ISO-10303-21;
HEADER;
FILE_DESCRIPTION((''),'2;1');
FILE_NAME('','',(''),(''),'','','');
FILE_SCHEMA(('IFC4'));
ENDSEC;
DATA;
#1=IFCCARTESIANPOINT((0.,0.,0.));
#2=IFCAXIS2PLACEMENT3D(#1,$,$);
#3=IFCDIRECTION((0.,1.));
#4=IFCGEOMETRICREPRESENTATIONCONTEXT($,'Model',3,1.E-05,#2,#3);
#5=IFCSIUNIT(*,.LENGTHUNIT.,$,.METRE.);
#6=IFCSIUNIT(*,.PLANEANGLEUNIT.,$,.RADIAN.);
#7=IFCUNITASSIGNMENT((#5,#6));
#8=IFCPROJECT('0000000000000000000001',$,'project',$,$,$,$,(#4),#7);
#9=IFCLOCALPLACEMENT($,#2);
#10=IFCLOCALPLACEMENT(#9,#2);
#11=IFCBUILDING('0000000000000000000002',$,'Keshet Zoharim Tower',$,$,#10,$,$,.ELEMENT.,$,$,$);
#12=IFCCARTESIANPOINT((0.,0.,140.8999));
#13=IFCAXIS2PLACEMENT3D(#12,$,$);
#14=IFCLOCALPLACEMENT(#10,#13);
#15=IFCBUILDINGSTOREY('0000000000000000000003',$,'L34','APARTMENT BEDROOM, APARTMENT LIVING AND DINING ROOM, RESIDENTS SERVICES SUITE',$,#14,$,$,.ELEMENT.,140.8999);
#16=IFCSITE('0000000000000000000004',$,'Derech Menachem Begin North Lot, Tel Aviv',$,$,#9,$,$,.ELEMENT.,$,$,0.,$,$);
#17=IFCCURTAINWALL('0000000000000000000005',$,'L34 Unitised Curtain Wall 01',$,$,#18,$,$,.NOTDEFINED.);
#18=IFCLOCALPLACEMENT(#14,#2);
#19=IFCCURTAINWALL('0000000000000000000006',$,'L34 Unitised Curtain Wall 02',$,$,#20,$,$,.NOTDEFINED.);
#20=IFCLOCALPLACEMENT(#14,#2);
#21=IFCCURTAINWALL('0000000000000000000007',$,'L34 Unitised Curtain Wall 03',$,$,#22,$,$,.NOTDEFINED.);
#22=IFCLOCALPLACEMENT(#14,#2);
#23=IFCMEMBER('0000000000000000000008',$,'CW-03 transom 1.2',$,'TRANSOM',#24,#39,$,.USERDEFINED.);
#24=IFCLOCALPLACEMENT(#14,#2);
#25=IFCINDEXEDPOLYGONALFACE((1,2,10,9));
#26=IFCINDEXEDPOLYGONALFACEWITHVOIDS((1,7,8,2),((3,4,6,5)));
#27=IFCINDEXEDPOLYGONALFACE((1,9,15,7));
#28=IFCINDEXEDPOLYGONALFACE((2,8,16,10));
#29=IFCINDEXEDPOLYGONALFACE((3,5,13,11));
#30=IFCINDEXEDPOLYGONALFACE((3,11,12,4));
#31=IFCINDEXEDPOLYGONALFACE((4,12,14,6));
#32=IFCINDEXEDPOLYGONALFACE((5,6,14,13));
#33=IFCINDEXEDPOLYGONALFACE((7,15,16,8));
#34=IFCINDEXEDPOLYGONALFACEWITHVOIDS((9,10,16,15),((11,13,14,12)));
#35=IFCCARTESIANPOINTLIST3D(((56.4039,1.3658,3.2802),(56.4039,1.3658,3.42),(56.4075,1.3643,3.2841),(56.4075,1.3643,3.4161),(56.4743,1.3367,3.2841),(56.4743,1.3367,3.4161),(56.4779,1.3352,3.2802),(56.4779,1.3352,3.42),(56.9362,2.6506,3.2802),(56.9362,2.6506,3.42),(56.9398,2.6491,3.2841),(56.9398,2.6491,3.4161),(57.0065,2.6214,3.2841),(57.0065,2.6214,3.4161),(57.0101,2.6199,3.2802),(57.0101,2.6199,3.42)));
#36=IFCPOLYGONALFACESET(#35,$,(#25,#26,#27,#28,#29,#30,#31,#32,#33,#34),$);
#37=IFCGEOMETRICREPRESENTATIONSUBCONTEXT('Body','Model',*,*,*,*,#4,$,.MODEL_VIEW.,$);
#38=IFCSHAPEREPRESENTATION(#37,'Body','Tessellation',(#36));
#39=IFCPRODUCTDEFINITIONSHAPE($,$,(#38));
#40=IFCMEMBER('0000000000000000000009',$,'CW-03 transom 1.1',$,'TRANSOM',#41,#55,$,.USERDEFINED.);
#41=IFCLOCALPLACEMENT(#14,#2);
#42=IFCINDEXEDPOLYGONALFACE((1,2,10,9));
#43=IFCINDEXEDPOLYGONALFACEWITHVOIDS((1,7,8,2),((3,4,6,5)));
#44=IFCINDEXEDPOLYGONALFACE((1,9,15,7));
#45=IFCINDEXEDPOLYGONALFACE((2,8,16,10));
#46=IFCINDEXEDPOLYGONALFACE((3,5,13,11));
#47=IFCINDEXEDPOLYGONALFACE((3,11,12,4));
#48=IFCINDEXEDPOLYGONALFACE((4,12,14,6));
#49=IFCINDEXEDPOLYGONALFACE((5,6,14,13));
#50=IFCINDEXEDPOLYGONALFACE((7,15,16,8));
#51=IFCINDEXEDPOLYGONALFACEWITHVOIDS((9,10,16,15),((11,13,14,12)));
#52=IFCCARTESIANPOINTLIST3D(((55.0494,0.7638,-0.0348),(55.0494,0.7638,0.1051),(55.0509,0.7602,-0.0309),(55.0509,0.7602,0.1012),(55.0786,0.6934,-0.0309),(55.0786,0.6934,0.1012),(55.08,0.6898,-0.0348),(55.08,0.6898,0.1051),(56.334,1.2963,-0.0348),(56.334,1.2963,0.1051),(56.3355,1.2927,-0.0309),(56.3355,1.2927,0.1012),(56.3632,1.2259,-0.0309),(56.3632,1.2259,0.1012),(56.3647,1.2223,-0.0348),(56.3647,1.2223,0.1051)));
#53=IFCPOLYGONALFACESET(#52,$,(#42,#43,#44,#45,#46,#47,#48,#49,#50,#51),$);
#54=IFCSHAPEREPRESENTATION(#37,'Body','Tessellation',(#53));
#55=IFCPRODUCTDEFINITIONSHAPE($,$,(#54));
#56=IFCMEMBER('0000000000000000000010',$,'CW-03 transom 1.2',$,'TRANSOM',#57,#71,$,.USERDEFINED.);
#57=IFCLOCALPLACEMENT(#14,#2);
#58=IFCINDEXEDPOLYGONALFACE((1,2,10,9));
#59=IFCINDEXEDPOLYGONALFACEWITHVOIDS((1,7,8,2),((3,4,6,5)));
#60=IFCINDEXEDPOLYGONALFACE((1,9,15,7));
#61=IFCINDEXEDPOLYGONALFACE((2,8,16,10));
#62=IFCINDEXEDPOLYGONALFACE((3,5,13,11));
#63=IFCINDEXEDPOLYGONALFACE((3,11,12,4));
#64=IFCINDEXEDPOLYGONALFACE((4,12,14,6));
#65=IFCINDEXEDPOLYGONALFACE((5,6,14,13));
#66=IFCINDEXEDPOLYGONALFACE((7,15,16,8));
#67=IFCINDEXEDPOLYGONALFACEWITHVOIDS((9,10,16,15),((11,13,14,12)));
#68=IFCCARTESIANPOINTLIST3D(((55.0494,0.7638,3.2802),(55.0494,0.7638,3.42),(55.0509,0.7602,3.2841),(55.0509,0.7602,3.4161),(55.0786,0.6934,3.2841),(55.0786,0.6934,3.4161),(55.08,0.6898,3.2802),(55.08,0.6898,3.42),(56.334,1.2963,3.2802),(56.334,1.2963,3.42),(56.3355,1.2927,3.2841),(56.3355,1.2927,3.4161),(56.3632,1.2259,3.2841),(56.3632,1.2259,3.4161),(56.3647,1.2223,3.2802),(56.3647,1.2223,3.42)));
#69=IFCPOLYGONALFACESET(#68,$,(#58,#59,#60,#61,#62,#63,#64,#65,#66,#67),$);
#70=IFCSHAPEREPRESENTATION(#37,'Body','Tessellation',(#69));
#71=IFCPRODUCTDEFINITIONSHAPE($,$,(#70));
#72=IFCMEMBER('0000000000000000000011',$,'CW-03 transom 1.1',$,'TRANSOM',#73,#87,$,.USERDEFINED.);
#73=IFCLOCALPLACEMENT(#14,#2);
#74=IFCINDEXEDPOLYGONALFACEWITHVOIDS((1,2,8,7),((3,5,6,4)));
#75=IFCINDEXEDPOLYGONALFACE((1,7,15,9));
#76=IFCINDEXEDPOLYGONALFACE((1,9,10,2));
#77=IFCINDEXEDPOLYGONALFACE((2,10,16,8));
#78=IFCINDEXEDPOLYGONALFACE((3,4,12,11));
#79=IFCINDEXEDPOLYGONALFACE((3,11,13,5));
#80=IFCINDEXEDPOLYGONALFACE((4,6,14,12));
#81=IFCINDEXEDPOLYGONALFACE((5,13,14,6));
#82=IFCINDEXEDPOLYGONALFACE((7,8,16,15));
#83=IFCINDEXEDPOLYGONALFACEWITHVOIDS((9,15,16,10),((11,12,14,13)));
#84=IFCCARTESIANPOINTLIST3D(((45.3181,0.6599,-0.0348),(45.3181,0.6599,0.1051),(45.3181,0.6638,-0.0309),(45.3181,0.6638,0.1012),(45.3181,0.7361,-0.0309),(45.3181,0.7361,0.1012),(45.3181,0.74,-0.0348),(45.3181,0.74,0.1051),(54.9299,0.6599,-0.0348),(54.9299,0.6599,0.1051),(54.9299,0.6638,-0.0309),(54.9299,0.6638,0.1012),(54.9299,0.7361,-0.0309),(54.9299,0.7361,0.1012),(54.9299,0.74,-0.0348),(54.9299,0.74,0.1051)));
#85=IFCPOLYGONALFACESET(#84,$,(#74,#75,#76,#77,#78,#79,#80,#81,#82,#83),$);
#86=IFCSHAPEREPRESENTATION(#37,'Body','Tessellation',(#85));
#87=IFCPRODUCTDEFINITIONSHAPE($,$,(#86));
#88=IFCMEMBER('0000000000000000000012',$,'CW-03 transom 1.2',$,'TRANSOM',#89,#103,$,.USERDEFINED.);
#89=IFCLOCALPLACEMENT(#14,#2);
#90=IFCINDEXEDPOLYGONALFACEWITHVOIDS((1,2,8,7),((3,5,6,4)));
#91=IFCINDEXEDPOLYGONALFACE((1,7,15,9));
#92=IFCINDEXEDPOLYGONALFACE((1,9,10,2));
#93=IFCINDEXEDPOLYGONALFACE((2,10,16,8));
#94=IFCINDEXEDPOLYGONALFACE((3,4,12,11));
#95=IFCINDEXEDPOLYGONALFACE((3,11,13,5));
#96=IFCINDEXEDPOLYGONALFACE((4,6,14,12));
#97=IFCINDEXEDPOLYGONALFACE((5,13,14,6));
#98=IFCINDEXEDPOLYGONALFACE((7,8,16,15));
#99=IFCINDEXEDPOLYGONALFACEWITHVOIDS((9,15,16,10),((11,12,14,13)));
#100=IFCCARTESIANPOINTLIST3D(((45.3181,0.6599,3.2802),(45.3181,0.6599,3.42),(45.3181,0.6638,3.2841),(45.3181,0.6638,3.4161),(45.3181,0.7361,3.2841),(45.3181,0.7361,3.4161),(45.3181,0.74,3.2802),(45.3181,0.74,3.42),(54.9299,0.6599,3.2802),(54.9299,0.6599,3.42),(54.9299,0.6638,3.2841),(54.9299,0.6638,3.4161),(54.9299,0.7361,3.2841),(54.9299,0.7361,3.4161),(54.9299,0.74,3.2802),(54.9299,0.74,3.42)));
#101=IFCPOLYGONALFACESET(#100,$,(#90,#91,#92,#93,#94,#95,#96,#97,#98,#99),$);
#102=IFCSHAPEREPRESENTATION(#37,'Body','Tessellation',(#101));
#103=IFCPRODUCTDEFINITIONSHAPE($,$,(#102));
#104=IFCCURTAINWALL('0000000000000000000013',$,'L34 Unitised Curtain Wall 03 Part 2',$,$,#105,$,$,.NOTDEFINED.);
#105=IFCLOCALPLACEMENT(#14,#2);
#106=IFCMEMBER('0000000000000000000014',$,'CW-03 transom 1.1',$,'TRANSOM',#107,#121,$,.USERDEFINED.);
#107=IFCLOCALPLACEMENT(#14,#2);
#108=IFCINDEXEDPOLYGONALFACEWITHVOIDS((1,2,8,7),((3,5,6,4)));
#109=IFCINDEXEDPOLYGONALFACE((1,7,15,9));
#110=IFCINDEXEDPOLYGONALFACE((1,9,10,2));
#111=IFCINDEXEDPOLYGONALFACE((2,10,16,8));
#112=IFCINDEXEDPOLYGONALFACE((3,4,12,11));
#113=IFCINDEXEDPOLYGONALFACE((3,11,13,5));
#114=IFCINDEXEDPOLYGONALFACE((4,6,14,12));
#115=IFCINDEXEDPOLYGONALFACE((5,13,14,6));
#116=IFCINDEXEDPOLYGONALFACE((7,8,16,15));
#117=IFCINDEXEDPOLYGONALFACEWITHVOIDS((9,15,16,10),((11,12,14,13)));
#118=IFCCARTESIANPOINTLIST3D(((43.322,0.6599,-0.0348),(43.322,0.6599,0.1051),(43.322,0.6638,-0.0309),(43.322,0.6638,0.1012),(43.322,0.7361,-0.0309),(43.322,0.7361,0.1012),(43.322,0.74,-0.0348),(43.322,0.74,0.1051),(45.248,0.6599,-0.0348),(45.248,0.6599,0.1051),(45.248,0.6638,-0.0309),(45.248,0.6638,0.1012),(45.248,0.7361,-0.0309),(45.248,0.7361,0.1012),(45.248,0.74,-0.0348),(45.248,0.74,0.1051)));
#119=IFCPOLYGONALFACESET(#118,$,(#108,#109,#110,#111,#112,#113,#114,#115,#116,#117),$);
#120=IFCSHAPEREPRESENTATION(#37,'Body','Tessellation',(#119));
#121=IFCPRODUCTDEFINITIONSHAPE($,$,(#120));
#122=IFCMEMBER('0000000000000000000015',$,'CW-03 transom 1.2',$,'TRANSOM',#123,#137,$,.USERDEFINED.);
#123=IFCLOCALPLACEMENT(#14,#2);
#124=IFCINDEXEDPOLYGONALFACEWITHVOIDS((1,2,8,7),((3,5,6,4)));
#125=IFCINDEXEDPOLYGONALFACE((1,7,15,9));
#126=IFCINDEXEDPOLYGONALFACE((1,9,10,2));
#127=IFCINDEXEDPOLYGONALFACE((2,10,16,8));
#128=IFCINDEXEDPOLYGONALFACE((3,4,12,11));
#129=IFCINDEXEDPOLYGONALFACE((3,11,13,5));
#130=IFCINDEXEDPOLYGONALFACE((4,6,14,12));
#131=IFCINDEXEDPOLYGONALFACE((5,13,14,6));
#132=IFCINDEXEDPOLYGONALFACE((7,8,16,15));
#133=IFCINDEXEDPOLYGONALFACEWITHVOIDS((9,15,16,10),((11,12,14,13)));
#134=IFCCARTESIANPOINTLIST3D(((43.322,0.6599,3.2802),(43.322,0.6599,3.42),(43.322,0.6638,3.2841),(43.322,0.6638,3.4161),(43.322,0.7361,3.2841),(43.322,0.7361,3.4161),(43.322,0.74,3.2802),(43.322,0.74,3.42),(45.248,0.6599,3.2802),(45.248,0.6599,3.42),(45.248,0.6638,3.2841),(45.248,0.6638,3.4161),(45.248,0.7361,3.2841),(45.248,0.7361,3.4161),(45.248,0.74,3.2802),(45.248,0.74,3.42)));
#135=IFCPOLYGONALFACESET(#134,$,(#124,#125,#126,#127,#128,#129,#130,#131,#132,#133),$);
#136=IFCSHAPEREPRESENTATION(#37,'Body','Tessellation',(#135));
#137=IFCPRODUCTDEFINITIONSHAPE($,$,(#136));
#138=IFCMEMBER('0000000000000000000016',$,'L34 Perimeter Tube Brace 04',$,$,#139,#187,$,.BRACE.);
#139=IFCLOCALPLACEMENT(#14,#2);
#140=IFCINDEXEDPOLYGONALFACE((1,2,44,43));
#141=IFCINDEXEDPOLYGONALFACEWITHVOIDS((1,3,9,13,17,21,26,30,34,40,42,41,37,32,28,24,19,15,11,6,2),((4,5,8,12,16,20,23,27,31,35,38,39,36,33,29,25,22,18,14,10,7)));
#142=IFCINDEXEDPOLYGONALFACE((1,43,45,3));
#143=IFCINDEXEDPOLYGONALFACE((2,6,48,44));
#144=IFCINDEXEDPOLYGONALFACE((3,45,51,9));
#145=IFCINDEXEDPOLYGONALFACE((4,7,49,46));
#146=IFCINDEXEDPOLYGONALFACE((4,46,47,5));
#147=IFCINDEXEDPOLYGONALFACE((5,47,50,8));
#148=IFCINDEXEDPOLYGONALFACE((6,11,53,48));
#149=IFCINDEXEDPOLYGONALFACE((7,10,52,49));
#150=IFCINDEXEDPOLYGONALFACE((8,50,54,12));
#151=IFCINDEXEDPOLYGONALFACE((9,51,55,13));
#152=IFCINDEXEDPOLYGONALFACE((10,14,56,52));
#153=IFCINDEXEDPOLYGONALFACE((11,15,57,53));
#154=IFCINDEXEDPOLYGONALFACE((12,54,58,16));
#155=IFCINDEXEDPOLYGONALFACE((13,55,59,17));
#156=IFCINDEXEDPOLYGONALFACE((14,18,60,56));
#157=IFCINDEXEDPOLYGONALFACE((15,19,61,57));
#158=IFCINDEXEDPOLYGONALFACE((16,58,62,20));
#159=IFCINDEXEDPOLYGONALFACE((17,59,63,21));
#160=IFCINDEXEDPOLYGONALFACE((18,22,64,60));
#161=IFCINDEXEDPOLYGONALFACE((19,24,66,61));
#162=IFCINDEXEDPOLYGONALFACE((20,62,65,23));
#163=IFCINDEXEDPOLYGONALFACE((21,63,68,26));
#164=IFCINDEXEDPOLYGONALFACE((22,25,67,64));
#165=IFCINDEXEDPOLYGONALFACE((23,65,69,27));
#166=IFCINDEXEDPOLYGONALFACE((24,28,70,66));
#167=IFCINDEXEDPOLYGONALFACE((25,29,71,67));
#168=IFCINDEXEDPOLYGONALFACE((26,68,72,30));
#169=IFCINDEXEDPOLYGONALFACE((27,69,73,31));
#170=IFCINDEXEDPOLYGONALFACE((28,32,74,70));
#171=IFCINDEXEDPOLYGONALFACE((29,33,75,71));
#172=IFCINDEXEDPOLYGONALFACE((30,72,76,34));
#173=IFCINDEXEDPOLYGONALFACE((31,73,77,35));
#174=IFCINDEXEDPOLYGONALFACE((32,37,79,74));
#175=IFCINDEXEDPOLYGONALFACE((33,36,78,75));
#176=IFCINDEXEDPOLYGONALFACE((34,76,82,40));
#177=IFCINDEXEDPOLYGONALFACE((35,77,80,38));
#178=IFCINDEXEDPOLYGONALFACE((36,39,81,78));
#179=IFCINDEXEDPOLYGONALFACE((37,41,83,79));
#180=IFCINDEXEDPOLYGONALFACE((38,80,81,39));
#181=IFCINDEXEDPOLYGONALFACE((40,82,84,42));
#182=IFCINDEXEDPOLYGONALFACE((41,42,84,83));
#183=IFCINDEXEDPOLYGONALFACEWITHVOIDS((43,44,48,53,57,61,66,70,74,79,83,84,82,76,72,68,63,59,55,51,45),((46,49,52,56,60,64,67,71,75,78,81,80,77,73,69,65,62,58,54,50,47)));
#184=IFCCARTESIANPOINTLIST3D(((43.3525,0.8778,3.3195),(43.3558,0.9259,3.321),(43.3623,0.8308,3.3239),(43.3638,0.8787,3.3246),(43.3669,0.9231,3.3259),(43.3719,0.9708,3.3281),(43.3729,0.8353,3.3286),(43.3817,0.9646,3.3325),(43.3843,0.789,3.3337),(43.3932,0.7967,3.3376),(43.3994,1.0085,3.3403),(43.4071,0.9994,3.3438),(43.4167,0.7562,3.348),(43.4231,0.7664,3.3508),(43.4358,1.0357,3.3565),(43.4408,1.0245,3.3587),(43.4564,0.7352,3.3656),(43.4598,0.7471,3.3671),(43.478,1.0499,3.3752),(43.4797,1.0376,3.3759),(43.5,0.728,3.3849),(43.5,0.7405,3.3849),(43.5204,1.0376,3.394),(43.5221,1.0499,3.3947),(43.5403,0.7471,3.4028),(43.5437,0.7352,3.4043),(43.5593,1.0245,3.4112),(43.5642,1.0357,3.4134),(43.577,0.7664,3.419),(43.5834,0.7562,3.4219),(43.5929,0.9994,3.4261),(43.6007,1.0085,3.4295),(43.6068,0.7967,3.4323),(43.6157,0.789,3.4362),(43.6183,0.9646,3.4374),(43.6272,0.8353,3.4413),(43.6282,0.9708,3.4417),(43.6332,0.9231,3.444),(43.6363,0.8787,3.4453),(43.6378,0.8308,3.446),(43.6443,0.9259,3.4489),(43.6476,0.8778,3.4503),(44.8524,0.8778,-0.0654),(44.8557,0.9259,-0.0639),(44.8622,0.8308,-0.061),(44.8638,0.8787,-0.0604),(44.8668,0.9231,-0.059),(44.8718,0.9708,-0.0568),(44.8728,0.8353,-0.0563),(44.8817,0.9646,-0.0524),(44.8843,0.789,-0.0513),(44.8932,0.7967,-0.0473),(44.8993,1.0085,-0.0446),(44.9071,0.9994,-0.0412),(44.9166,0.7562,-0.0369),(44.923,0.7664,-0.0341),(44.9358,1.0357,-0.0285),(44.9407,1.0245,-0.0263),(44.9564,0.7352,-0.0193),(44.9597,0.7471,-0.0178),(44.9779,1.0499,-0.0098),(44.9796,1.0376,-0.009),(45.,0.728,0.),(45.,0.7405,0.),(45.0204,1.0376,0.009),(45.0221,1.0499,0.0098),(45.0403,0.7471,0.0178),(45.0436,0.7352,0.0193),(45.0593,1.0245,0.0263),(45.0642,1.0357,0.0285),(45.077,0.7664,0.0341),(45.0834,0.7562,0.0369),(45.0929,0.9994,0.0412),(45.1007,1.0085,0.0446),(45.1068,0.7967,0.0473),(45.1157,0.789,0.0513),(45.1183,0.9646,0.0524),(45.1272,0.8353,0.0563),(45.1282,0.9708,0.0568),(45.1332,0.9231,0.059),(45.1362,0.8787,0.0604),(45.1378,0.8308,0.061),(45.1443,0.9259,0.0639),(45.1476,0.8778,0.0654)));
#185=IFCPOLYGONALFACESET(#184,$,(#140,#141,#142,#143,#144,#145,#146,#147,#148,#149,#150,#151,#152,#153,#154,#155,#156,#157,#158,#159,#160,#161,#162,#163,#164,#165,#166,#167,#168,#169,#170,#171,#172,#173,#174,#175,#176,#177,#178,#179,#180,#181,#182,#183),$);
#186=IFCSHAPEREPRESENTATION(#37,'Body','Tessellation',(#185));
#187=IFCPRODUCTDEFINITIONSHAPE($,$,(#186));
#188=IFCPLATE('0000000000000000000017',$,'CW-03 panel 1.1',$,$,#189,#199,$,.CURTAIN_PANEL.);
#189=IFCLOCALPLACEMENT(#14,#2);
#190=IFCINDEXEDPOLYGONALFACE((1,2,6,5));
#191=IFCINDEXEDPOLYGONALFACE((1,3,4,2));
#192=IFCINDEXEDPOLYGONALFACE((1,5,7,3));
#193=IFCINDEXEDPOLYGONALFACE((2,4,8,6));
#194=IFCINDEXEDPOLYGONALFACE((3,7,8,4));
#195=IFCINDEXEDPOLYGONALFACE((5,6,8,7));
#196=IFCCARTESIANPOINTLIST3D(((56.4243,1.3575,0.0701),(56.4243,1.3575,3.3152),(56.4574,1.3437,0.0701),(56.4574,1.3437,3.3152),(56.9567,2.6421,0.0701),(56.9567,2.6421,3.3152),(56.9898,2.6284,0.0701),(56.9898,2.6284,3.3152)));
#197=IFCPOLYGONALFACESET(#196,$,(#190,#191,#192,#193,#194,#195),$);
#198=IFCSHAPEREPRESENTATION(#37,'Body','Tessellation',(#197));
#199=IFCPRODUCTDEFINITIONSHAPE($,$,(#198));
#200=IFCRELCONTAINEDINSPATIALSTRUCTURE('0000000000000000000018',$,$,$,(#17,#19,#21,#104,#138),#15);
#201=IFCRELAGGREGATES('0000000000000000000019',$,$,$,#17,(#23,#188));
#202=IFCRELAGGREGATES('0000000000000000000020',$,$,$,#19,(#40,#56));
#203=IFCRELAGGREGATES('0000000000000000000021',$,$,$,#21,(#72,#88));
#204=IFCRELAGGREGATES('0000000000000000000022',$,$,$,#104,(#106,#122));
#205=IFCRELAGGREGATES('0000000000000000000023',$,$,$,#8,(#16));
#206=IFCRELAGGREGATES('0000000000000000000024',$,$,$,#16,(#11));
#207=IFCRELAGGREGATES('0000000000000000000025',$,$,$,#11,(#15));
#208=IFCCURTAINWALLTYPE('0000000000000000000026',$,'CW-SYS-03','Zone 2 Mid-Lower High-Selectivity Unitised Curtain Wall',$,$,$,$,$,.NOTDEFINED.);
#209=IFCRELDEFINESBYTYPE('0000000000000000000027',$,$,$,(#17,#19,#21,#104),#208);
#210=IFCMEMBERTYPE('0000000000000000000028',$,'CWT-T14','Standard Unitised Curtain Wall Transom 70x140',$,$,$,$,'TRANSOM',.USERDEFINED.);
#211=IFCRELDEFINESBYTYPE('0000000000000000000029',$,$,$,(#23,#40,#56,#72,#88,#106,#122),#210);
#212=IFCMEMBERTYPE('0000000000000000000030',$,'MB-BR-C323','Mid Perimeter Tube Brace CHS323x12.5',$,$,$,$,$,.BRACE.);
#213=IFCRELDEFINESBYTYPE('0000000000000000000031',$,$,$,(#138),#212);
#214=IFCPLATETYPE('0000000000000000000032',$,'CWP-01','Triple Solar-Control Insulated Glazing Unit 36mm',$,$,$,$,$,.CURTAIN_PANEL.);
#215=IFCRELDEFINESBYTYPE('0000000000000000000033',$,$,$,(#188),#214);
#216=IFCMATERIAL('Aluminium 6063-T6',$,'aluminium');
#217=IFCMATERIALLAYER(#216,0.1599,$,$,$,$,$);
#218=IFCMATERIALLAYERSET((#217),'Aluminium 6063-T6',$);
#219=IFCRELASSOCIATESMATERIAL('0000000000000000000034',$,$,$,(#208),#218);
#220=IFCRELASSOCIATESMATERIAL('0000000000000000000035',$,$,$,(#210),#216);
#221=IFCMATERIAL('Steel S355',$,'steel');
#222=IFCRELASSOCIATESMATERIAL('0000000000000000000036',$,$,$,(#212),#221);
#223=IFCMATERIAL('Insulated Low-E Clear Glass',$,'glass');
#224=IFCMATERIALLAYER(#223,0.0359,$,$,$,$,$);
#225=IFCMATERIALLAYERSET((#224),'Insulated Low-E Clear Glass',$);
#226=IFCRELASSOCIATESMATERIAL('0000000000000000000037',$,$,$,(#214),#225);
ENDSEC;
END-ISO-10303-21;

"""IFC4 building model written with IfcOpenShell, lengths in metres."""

from ifc_helpers import new_model, si_unit, direction, frame, origin, origin_2d, place, context, subcontext, project, spatial, rectangle, hollow_rectangle, hollow_circle, extrude, material, layer, layer_set, material_profile, profile_set, type_object, element, aggregate, save


model = new_model("IFC4")

# Units and contexts
model_context = context("Model", 3, precision=1e-05, world=origin(), true_north=direction((0.0, 1.0)))
body_context = subcontext(model_context, "Body", "Model", "MODEL_VIEW")
ifc_project = project(units=[si_unit("LENGTHUNIT", "METRE"), si_unit("PLANEANGLEUNIT", "RADIAN")], contexts=[model_context])

# Site, building, storey
site_placement = place(None, origin())
site = spatial("IfcSite", under=ifc_project, at=site_placement, Name="Derech Menachem Begin North Lot, Tel Aviv", CompositionType="ELEMENT", RefElevation=0.0)
building_placement = place(site_placement, origin())
building = spatial("IfcBuilding", under=site, at=building_placement, Name="Keshet Zoharim Tower", CompositionType="ELEMENT")
storey_placement = place(building_placement, frame((0.0, 0.0, 140.8999)))
storey = spatial("IfcBuildingStorey", under=building, at=storey_placement, Name="L34", Description="APARTMENT BEDROOM, APARTMENT LIVING AND DINING ROOM, RESIDENTS SERVICES SUITE", CompositionType="ELEMENT", Elevation=140.8999)

# Shared definitions
ifc_material_1 = material(Name="Steel S355", Category="steel")

# Curtain walls
ifc_material_2 = material(Name="Aluminium 6063-T6", Category="aluminium")
ifc_layer_1 = layer(ifc_material_2, 0.1599)
ifc_layer_set_1 = layer_set([ifc_layer_1], Name="Aluminium 6063-T6")
curtain_wall_type = type_object("IfcCurtainWallType", Name="CW-SYS-03", Description="Zone 2 Mid-Lower High-Selectivity Unitised Curtain Wall", PredefinedType="NOTDEFINED", material=ifc_layer_set_1)
curtain_wall_1_placement = place(storey_placement, origin())
curtain_wall_1 = element("IfcCurtainWall", 1, at=curtain_wall_1_placement, inside=storey, type_object=curtain_wall_type, Name="L34 Unitised Curtain Wall 01", PredefinedType="NOTDEFINED")
curtain_wall_2_placement = place(storey_placement, origin())
curtain_wall_2 = element("IfcCurtainWall", 2, at=curtain_wall_2_placement, inside=storey, type_object=curtain_wall_type, Name="L34 Unitised Curtain Wall 02", PredefinedType="NOTDEFINED")
curtain_wall_3_placement = place(storey_placement, origin())
curtain_wall_3 = element("IfcCurtainWall", 3, at=curtain_wall_3_placement, inside=storey, type_object=curtain_wall_type, Name="L34 Unitised Curtain Wall 03", PredefinedType="NOTDEFINED")

# Members
ifc_material_profile_1 = material_profile(ifc_material_2, hollow_rectangle(XDim=0.0801, YDim=0.1399, WallThickness=0.0039, at=origin_2d()), Name="TRN-80x140")
ifc_profile_set_1 = profile_set([ifc_material_profile_1], Name="Aluminium 6063-T6")
member_type_1 = type_object("IfcMemberType", Name="CWT-T14", Description="Standard Unitised Curtain Wall Transom 70x140", ElementType="TRANSOM", PredefinedType="USERDEFINED", material=ifc_profile_set_1)
member_1_placement = place(storey_placement, frame((56.9731, 2.6353, 3.3501), z_axis=(-0.382745, -0.923854, 0.0), x_axis=(0.923854, -0.382745, 0.0)))
member_1 = element("IfcMember", 4, at=member_1_placement, type_object=member_type_1, Name="CW-03 transom 1.2", ObjectType="TRANSOM", PredefinedType="USERDEFINED", context=body_context, shape_type="SweptSolid", body=[
    extrude(hollow_rectangle(XDim=0.0801, YDim=0.1399, WallThickness=0.0039, at=origin_2d()), origin(), (0.0, 0.0, 1.0), 1.3906),
])
member_2_placement = place(storey_placement, frame((56.3494, 1.2593, 0.0352), z_axis=(-0.923792, -0.382894, 0.0), x_axis=(0.382894, -0.923792, 0.0)))
member_2 = element("IfcMember", 5, at=member_2_placement, type_object=member_type_1, Name="CW-03 transom 1.1", ObjectType="TRANSOM", PredefinedType="USERDEFINED", context=body_context, shape_type="SweptSolid", body=[
    extrude(hollow_rectangle(XDim=0.0801, YDim=0.1399, WallThickness=0.0039, at=origin_2d()), origin(), (0.0, 0.0, 1.0), 1.3906),
])
member_3_placement = place(storey_placement, frame((56.3494, 1.2593, 3.3501), z_axis=(-0.923792, -0.382894, 0.0), x_axis=(0.382894, -0.923792, 0.0)))
member_3 = element("IfcMember", 6, at=member_3_placement, type_object=member_type_1, Name="CW-03 transom 1.2", ObjectType="TRANSOM", PredefinedType="USERDEFINED", context=body_context, shape_type="SweptSolid", body=[
    extrude(hollow_rectangle(XDim=0.0801, YDim=0.1399, WallThickness=0.0039, at=origin_2d()), origin(), (0.0, 0.0, 1.0), 1.3906),
])
member_4_placement = place(storey_placement, frame((54.9299, 0.7, 0.0352), z_axis=(-1.0, 0.0, 0.0), x_axis=(0.0, -1.0, 0.0)))
member_4 = element("IfcMember", 7, at=member_4_placement, type_object=member_type_1, Name="CW-03 transom 1.1", ObjectType="TRANSOM", PredefinedType="USERDEFINED", context=body_context, shape_type="SweptSolid", body=[
    extrude(hollow_rectangle(XDim=0.0801, YDim=0.1399, WallThickness=0.0039, at=origin_2d()), origin(), (0.0, 0.0, 1.0), 9.6118),
])
member_5_placement = place(storey_placement, frame((54.9299, 0.7, 3.3501), z_axis=(-1.0, 0.0, 0.0), x_axis=(0.0, -1.0, 0.0)))
member_5 = element("IfcMember", 8, at=member_5_placement, type_object=member_type_1, Name="CW-03 transom 1.2", ObjectType="TRANSOM", PredefinedType="USERDEFINED", context=body_context, shape_type="SweptSolid", body=[
    extrude(hollow_rectangle(XDim=0.0801, YDim=0.1399, WallThickness=0.0039, at=origin_2d()), origin(), (0.0, 0.0, 1.0), 9.6118),
])

# Curtain wall, members
curtain_wall_4_placement = place(storey_placement, origin())
curtain_wall_4 = element("IfcCurtainWall", 9, at=curtain_wall_4_placement, inside=storey, type_object=curtain_wall_type, Name="L34 Unitised Curtain Wall 03 Part 2", PredefinedType="NOTDEFINED")
member_6_placement = place(storey_placement, frame((45.248, 0.7, 0.0352), z_axis=(-1.0, 0.0, 0.0), x_axis=(0.0, -1.0, 0.0)))
member_6 = element("IfcMember", 10, at=member_6_placement, type_object=member_type_1, Name="CW-03 transom 1.1", ObjectType="TRANSOM", PredefinedType="USERDEFINED", context=body_context, shape_type="SweptSolid", body=[
    extrude(hollow_rectangle(XDim=0.0801, YDim=0.1399, WallThickness=0.0039, at=origin_2d()), origin(), (0.0, 0.0, 1.0), 1.926),
])
member_7_placement = place(storey_placement, frame((45.248, 0.7, 3.3501), z_axis=(-1.0, 0.0, 0.0), x_axis=(0.0, -1.0, 0.0)))
member_7 = element("IfcMember", 11, at=member_7_placement, type_object=member_type_1, Name="CW-03 transom 1.2", ObjectType="TRANSOM", PredefinedType="USERDEFINED", context=body_context, shape_type="SweptSolid", body=[
    extrude(hollow_rectangle(XDim=0.0801, YDim=0.1399, WallThickness=0.0039, at=origin_2d()), origin(), (0.0, 0.0, 1.0), 1.926),
])

# Member
ifc_material_profile_2 = material_profile(ifc_material_1, hollow_circle(Radius=0.1619, WallThickness=0.0125, at=origin_2d()), Name="CHS323x12.5")
ifc_profile_set_2 = profile_set([ifc_material_profile_2], Name="Steel S355")
member_type_2 = type_object("IfcMemberType", Name="MB-BR-C323", Description="Mid Perimeter Tube Brace CHS323x12.5", PredefinedType="BRACE", material=ifc_profile_set_2)
member_8_placement = place(storey_placement, frame((45.0, 0.8899, 0.0), z_axis=(-0.405135, 0.0, 0.914257), x_axis=(0.0, -1.0, 0.0)))
element("IfcMember", 12, at=member_8_placement, inside=storey, type_object=member_type_2, Name="L34 Perimeter Tube Brace 04", PredefinedType="BRACE", context=body_context, shape_type="SweptSolid", body=[
    extrude(hollow_circle(Radius=0.1619, WallThickness=0.0125, at=origin_2d()), origin(), (0.0, 0.0, 1.0), 3.7024),
])

# Plate
ifc_material_3 = material(Name="Insulated Low-E Clear Glass", Category="glass")
ifc_layer_2 = layer(ifc_material_3, 0.0359)
ifc_layer_set_2 = layer_set([ifc_layer_2], Name="Insulated Low-E Clear Glass")
plate_type_1 = type_object("IfcPlateType", Name="CWP-01", Description="Triple Solar-Control Insulated Glazing Unit 36mm", PredefinedType="CURTAIN_PANEL", material=ifc_layer_set_2)
plate_1_placement = place(storey_placement, frame((56.707, 1.9929, 0.0701), z_axis=(0.0, 0.0, 1.0), x_axis=(-0.382852, -0.92381, 0.0)))
plate_1 = element("IfcPlate", 13, at=plate_1_placement, type_object=plate_type_1, Name="CW-03 panel 1.1", PredefinedType="CURTAIN_PANEL", context=body_context, shape_type="SweptSolid", body=[
    extrude(rectangle(XDim=1.3906, YDim=0.0359, at=origin_2d()), origin(), (0.0, 0.0, 1.0), 3.2451),
])
aggregate(curtain_wall_1, [member_1, plate_1])
aggregate(curtain_wall_2, [member_2, member_3])
aggregate(curtain_wall_3, [member_4, member_5])
aggregate(curtain_wall_4, [member_6, member_7])

save(model, "model.ifc")
